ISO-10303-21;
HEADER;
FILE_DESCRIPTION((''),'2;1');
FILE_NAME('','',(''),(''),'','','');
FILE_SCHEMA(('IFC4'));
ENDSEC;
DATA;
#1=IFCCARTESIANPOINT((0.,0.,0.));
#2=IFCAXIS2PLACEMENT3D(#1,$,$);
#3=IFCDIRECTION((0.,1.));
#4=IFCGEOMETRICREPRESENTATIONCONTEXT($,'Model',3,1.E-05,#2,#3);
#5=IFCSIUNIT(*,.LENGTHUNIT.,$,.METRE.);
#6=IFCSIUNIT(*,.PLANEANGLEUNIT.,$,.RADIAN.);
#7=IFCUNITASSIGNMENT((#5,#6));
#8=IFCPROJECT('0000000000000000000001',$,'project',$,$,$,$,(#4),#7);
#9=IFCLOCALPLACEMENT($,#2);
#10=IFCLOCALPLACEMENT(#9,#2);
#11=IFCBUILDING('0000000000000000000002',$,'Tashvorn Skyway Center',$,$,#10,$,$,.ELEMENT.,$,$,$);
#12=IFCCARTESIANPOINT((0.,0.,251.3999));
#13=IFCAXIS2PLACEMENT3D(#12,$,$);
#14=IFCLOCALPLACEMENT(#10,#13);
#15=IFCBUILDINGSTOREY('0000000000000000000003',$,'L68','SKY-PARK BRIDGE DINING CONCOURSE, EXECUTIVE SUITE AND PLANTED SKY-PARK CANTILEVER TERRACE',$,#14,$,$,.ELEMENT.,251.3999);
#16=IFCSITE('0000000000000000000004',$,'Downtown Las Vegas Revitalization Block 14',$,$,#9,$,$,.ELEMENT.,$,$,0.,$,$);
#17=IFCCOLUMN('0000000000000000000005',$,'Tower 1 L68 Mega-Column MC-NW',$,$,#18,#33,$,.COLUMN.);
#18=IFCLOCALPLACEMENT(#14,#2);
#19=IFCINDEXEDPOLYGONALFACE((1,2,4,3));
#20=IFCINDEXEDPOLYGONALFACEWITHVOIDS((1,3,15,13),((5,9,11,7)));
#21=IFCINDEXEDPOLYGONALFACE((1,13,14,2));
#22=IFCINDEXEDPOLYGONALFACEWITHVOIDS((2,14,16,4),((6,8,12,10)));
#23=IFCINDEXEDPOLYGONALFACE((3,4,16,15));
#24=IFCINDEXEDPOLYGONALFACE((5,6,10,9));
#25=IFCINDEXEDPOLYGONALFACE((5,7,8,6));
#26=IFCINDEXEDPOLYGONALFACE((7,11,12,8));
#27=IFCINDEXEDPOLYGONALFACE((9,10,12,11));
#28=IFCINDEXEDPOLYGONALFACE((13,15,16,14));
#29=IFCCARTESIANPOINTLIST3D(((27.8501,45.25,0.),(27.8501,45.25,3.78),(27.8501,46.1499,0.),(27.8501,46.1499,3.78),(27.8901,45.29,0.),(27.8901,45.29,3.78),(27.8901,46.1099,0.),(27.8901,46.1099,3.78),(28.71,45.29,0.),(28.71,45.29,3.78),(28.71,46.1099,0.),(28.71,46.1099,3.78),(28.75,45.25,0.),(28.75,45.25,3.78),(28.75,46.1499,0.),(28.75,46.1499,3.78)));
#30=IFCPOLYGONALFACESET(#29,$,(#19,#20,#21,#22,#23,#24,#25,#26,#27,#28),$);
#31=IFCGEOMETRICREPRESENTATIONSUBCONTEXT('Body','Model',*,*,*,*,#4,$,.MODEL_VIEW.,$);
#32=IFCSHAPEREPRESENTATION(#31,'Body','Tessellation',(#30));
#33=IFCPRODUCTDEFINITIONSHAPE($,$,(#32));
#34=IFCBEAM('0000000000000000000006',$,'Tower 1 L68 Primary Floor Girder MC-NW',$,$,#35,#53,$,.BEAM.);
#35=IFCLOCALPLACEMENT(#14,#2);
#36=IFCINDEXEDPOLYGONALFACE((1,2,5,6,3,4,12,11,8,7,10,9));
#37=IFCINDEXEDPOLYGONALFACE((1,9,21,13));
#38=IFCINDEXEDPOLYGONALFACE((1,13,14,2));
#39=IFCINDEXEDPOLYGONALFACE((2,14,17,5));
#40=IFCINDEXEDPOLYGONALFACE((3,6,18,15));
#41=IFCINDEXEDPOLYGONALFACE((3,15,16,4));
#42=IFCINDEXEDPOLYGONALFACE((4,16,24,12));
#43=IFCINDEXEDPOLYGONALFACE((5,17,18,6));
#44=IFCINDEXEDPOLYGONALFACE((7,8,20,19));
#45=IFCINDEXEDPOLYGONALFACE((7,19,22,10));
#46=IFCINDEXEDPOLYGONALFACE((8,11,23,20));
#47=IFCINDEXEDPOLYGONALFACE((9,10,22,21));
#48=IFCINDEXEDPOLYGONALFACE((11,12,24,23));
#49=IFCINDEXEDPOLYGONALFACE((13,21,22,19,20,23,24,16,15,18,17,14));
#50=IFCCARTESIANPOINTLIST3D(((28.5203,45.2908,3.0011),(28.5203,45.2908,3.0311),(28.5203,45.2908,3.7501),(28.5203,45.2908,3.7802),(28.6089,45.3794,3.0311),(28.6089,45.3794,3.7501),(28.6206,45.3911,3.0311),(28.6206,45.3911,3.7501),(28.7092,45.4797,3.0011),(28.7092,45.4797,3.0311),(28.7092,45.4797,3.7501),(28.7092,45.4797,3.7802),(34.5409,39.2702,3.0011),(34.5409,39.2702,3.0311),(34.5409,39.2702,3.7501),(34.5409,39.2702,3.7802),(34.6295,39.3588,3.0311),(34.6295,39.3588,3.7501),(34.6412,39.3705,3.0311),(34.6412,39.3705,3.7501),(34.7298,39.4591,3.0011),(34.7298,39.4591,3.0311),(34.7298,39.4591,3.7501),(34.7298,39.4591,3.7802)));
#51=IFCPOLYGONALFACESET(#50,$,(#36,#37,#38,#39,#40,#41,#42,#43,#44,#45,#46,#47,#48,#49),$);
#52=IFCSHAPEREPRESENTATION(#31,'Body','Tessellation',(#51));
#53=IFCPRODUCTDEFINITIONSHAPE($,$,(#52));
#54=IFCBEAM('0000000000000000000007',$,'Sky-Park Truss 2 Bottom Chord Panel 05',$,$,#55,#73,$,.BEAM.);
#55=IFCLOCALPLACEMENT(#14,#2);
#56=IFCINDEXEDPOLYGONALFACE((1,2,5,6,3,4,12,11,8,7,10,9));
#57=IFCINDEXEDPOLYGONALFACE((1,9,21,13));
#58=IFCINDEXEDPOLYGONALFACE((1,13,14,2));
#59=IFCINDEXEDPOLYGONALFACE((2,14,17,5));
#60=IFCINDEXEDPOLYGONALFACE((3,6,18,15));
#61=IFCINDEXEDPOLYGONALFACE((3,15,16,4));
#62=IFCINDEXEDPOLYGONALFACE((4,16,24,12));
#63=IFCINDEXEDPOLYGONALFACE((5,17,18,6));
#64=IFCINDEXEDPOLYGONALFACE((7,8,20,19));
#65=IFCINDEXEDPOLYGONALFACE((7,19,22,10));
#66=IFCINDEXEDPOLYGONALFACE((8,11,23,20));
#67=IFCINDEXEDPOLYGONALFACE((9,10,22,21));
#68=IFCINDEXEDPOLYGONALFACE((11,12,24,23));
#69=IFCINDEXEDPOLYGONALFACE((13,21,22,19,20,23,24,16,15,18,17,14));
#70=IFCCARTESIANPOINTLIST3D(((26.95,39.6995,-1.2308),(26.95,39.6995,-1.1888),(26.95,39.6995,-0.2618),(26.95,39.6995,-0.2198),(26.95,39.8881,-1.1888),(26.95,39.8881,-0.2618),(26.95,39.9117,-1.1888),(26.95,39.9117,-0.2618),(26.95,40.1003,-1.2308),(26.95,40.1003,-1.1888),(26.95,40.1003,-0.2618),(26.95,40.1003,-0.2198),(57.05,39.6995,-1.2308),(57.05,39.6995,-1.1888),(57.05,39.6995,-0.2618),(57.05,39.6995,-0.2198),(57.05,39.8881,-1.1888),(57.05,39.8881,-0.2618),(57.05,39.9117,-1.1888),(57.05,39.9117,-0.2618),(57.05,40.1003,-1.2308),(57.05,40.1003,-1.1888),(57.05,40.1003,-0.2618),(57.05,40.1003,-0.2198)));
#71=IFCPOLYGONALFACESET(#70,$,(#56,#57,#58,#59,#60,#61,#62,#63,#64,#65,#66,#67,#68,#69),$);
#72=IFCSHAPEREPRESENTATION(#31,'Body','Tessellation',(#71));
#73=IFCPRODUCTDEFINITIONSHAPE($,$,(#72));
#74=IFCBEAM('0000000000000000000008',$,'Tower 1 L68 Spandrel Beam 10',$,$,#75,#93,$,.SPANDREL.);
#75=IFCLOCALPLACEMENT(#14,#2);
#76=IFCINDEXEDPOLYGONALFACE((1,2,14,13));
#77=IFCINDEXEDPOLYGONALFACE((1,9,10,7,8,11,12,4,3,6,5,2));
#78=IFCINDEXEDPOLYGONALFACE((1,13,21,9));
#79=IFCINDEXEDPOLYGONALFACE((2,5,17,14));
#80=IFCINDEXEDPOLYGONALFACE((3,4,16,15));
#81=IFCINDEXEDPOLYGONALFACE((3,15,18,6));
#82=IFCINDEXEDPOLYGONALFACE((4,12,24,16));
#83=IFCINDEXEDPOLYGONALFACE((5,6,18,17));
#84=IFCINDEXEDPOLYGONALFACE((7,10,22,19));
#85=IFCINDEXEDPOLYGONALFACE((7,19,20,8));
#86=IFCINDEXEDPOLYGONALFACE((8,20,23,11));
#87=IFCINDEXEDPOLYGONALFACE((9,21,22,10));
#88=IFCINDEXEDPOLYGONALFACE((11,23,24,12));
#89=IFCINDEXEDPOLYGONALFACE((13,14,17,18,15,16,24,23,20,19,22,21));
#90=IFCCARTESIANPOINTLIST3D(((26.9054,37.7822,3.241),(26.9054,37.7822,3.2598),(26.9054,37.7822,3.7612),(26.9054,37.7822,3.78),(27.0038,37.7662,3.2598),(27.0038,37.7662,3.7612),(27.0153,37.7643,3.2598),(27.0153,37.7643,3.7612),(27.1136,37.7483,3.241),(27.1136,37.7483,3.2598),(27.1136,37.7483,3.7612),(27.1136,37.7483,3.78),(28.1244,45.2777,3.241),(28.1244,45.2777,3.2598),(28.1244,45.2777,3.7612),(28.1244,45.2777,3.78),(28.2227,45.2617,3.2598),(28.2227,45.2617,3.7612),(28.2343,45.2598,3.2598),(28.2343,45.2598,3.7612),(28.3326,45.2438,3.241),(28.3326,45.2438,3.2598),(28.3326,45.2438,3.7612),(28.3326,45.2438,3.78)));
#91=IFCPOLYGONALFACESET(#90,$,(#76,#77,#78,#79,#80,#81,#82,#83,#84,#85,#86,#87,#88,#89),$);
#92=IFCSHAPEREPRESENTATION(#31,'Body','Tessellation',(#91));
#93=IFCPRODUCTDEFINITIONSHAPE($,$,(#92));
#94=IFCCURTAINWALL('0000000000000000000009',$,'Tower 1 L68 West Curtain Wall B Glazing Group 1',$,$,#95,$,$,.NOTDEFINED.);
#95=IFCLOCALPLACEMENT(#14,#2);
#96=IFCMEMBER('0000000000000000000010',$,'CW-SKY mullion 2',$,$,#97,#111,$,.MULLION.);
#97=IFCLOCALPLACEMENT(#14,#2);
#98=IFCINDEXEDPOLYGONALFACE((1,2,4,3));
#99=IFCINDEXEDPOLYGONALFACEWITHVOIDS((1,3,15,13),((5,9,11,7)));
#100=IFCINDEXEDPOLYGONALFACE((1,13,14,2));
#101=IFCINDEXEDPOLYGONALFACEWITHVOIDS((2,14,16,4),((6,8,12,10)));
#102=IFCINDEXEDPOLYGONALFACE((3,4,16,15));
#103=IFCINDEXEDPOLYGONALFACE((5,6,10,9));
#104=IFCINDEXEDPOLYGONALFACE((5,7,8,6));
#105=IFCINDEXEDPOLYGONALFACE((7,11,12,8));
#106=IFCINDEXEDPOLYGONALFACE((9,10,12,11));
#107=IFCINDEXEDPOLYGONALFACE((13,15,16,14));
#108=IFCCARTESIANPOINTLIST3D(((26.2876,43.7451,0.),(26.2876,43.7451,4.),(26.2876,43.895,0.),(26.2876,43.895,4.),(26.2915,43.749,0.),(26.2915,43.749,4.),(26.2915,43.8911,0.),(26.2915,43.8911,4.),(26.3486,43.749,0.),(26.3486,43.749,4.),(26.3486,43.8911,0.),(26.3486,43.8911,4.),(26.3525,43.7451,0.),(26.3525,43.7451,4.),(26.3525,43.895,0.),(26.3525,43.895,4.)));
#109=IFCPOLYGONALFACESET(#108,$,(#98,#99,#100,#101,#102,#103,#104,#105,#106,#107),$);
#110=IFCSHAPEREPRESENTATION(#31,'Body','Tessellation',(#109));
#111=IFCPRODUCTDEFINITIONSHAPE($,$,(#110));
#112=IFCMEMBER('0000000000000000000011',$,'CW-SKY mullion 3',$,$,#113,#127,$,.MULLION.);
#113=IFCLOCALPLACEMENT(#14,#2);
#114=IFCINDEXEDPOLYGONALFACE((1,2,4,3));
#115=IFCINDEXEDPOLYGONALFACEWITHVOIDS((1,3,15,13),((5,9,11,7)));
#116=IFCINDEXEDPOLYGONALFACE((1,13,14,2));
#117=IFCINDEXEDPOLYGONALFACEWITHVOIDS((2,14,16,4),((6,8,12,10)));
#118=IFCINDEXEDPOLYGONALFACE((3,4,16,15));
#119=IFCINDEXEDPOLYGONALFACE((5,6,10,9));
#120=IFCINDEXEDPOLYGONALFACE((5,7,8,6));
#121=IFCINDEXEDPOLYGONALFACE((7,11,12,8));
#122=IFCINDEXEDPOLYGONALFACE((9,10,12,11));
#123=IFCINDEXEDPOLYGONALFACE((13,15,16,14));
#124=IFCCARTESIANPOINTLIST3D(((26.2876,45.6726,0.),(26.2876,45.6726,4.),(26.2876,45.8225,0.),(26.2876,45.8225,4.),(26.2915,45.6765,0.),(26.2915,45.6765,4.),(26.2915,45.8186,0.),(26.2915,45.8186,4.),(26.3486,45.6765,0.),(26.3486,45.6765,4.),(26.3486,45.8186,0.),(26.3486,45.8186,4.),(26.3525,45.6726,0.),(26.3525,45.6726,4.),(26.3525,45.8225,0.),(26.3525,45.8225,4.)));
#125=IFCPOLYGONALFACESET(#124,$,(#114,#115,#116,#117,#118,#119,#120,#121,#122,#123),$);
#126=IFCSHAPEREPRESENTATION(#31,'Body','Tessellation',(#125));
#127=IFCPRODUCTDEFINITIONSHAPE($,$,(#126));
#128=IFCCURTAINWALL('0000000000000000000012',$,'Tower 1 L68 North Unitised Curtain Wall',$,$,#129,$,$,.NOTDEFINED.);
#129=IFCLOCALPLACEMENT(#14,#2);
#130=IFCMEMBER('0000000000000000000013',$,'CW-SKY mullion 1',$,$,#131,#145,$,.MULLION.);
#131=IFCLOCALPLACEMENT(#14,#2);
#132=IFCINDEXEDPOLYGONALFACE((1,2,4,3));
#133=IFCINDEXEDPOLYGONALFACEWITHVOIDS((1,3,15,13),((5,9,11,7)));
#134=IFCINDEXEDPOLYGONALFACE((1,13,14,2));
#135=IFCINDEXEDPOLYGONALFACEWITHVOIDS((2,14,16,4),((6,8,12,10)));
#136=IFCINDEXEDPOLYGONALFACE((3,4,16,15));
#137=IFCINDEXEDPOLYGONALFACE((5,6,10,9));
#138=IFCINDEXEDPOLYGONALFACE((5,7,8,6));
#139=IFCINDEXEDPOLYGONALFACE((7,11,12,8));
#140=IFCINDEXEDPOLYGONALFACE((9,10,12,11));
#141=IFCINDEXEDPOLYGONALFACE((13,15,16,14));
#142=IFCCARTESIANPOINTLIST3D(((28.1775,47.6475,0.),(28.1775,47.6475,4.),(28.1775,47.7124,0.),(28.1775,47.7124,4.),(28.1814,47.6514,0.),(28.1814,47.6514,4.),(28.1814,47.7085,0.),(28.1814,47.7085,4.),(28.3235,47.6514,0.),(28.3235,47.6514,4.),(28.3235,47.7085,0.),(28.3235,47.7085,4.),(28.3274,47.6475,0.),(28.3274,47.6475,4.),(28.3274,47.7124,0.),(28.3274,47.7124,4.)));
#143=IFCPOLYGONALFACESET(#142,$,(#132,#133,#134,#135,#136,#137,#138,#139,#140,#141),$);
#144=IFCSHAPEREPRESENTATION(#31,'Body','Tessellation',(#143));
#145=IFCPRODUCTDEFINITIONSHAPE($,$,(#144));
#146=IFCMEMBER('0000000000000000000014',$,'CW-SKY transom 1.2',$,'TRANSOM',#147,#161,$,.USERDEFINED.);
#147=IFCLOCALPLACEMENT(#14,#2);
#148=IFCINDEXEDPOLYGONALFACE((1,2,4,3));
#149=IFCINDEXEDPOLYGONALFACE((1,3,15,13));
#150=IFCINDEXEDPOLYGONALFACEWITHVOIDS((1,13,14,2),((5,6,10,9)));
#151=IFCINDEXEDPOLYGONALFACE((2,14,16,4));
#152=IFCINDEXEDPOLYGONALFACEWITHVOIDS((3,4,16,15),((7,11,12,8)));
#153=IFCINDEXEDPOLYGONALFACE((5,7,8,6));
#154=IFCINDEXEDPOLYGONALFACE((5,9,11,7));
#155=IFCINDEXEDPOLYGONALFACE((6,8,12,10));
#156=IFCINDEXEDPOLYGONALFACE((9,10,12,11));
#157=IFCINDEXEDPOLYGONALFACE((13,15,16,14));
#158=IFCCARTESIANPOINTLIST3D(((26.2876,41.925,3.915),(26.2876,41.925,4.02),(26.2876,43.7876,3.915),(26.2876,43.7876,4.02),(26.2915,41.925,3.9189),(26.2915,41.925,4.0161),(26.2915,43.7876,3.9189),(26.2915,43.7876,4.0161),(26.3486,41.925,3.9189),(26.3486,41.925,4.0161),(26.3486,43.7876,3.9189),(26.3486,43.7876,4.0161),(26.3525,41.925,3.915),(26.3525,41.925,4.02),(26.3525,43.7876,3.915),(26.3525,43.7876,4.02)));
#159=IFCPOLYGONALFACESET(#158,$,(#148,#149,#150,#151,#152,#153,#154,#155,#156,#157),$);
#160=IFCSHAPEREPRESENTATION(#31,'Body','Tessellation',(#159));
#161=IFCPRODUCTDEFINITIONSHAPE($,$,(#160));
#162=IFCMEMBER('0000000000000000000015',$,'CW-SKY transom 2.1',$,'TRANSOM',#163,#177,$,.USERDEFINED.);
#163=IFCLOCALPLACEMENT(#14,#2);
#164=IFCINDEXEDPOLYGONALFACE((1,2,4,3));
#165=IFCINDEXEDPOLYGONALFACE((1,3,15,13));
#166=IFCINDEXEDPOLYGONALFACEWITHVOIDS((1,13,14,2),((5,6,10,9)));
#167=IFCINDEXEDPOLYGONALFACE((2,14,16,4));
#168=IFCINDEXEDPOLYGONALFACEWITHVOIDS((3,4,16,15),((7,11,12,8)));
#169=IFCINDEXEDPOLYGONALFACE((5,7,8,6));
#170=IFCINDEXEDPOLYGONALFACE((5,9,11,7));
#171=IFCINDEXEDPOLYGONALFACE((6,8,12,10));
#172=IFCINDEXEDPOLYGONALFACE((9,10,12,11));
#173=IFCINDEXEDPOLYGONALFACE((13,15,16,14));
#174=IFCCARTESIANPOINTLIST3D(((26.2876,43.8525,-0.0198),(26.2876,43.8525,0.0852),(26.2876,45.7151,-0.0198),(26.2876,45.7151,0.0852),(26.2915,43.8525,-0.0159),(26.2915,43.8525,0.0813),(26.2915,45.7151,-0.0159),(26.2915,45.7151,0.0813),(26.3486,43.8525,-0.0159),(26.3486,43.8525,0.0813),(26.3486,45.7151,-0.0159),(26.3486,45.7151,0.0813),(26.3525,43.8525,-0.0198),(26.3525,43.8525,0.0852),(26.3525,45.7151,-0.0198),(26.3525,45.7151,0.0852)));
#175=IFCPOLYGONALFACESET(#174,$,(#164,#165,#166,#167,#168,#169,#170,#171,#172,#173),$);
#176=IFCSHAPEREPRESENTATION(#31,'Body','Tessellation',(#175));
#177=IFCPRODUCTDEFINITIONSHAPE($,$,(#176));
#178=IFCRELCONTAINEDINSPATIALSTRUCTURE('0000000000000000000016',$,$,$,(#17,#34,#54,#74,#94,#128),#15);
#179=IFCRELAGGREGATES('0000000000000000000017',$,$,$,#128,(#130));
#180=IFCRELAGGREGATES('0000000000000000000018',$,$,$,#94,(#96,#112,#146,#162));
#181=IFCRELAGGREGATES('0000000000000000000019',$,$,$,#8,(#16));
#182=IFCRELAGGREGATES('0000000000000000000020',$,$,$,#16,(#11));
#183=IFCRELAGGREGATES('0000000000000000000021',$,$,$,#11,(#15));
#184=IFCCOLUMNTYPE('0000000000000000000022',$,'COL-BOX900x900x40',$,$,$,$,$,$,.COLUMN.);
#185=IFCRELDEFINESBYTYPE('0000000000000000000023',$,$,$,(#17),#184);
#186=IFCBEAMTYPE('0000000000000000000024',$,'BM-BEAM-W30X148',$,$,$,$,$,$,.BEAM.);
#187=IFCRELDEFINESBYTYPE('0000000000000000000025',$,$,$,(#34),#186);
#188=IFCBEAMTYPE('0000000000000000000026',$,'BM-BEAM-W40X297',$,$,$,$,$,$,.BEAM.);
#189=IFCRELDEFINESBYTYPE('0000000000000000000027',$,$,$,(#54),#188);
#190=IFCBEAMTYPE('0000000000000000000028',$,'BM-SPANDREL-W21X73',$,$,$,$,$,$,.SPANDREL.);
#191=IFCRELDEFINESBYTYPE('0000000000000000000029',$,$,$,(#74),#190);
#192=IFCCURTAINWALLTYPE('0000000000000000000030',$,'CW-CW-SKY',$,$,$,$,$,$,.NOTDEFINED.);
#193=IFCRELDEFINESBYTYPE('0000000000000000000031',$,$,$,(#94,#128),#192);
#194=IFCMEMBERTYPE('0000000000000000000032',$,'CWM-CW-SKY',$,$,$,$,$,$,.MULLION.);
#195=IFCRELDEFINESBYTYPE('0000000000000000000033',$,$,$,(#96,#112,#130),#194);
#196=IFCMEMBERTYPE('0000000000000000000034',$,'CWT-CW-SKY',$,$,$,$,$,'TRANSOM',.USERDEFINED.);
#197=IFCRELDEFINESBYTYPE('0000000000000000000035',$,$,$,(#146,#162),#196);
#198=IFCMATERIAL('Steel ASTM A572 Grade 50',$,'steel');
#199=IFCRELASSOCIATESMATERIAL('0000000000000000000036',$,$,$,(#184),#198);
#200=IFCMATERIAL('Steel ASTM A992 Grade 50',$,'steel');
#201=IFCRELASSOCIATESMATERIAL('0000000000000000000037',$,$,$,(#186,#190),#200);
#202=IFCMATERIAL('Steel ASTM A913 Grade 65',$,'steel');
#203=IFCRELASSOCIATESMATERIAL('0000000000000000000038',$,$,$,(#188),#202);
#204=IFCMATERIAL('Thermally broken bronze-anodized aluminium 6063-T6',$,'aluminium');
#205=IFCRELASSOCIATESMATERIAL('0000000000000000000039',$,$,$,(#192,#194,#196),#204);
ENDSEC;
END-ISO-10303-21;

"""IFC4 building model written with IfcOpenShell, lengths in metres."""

from ifc_helpers import new_model, si_unit, direction, frame, origin, origin_2d, place, context, subcontext, project, spatial, hollow_rectangle, i_section, extrude, material, material_profile, profile_set, type_object, element, aggregate, save


model = new_model("IFC4")

# Units and contexts
model_context = context("Model", 3, precision=1e-05, world=origin(), true_north=direction((0.0, 1.0)))
body_context = subcontext(model_context, "Body", "Model", "MODEL_VIEW")
ifc_project = project(units=[si_unit("LENGTHUNIT", "METRE"), si_unit("PLANEANGLEUNIT", "RADIAN")], contexts=[model_context])

# Site, building, storey
site_placement = place(None, origin())
site = spatial("IfcSite", under=ifc_project, at=site_placement, Name="Downtown Las Vegas Revitalization Block 14", CompositionType="ELEMENT", RefElevation=0.0)
building_placement = place(site_placement, origin())
building = spatial("IfcBuilding", under=site, at=building_placement, Name="Tashvorn Skyway Center", CompositionType="ELEMENT")
storey_placement = place(building_placement, frame((0.0, 0.0, 251.3999)))
storey = spatial("IfcBuildingStorey", under=building, at=storey_placement, Name="L68", Description="SKY-PARK BRIDGE DINING CONCOURSE, EXECUTIVE SUITE AND PLANTED SKY-PARK CANTILEVER TERRACE", CompositionType="ELEMENT", Elevation=251.3999)

# Column
ifc_material_1 = material(Name="Steel ASTM A572 Grade 50", Category="steel")
ifc_material_profile_1 = material_profile(ifc_material_1, hollow_rectangle(XDim=0.8999, YDim=0.8999, WallThickness=0.04, at=origin_2d()), Name="BOX900x900x40")
ifc_profile_set_1 = profile_set([ifc_material_profile_1], Name="Steel ASTM A572 Grade 50")
column_type = type_object("IfcColumnType", Name="COL-BOX900x900x40", PredefinedType="COLUMN", material=ifc_profile_set_1)
column_placement = place(storey_placement, frame((28.3, 45.7, 0.0), z_axis=(0.0, 0.0, 1.0), x_axis=(1.0, 0.0, 0.0)))
element("IfcColumn", 1, at=column_placement, inside=storey, type_object=column_type, Name="Tower 1 L68 Mega-Column MC-NW", PredefinedType="COLUMN", context=body_context, shape_type="SweptSolid", body=[
    extrude(hollow_rectangle(XDim=0.8999, YDim=0.8999, WallThickness=0.04, at=origin_2d()), origin(), (0.0, 0.0, 1.0), 3.78),
])

# Beams
ifc_material_2 = material(Name="Steel ASTM A992 Grade 50", Category="steel")
ifc_material_profile_2 = material_profile(ifc_material_2, i_section(OverallWidth=0.2671, OverallDepth=0.7791, WebThickness=0.0166, FlangeThickness=0.03, at=origin_2d()), Name="W30X148")
ifc_profile_set_2 = profile_set([ifc_material_profile_2], Name="Steel ASTM A992 Grade 50")
beam_type_1 = type_object("IfcBeamType", Name="BM-BEAM-W30X148", PredefinedType="BEAM", material=ifc_profile_set_2)
beam_1_placement = place(storey_placement, frame((28.6147, 45.3853, 3.3906), z_axis=(0.707107, -0.707107, 0.0), x_axis=(0.707107, 0.707107, 0.0)))
element("IfcBeam", 2, at=beam_1_placement, inside=storey, type_object=beam_type_1, Name="Tower 1 L68 Primary Floor Girder MC-NW", PredefinedType="BEAM", context=body_context, shape_type="SweptSolid", body=[
    extrude(i_section(OverallWidth=0.2671, OverallDepth=0.7791, WebThickness=0.0166, FlangeThickness=0.03, at=origin_2d()), origin(), (0.0, 0.0, 1.0), 8.5144),
])
ifc_material_3 = material(Name="Steel ASTM A913 Grade 65", Category="steel")
ifc_material_profile_3 = material_profile(ifc_material_3, i_section(OverallWidth=0.4009, OverallDepth=1.011, WebThickness=0.0237, FlangeThickness=0.042, at=origin_2d()), Name="W40X297")
ifc_profile_set_3 = profile_set([ifc_material_profile_3], Name="Steel ASTM A913 Grade 65")
beam_type_2 = type_object("IfcBeamType", Name="BM-BEAM-W40X297", PredefinedType="BEAM", material=ifc_profile_set_3)
beam_2_placement = place(storey_placement, frame((26.95, 39.8999, -0.7253), z_axis=(1.0, 0.0, 0.0), x_axis=(0.0, 1.0, 0.0)))
element("IfcBeam", 3, at=beam_2_placement, inside=storey, type_object=beam_type_2, Name="Sky-Park Truss 2 Bottom Chord Panel 05", PredefinedType="BEAM", context=body_context, shape_type="SweptSolid", body=[
    extrude(i_section(OverallWidth=0.4009, OverallDepth=1.011, WebThickness=0.0237, FlangeThickness=0.042, at=origin_2d()), origin(), (0.0, 0.0, 1.0), 30.1001),
])
ifc_material_profile_4 = material_profile(ifc_material_2, i_section(OverallWidth=0.2109, OverallDepth=0.5391, WebThickness=0.0117, FlangeThickness=0.0188, at=origin_2d()), Name="W21X73")
ifc_profile_set_4 = profile_set([ifc_material_profile_4], Name="Steel ASTM A992 Grade 50")
beam_type_3 = type_object("IfcBeamType", Name="BM-SPANDREL-W21X73", PredefinedType="SPANDREL", material=ifc_profile_set_4)
beam_3_placement = place(storey_placement, frame((28.2285, 45.2607, 3.5105), z_axis=(-0.160519, -0.987033, 0.0), x_axis=(0.987033, -0.160519, 0.0)))
element("IfcBeam", 4, at=beam_3_placement, inside=storey, type_object=beam_type_3, Name="Tower 1 L68 Spandrel Beam 10", PredefinedType="SPANDREL", context=body_context, shape_type="SweptSolid", body=[
    extrude(i_section(OverallWidth=0.2109, OverallDepth=0.5391, WebThickness=0.0117, FlangeThickness=0.0188, at=origin_2d()), origin(), (0.0, 0.0, 1.0), 7.594),
])

# Curtain wall, members
ifc_material_4 = material(Name="Thermally broken bronze-anodized aluminium 6063-T6", Category="aluminium")
curtain_wall_type = type_object("IfcCurtainWallType", Name="CW-CW-SKY", PredefinedType="NOTDEFINED", material=ifc_material_4)
curtain_wall_1_placement = place(storey_placement, origin())
curtain_wall_1 = element("IfcCurtainWall", 5, at=curtain_wall_1_placement, inside=storey, type_object=curtain_wall_type, Name="Tower 1 L68 West Curtain Wall B Glazing Group 1", PredefinedType="NOTDEFINED")
ifc_material_profile_5 = material_profile(ifc_material_4, hollow_rectangle(XDim=0.0649, YDim=0.1499, WallThickness=0.0039, at=origin_2d()), Name="ALU-MULL-65x150")
ifc_profile_set_5 = profile_set([ifc_material_profile_5], Name="Thermally broken bronze-anodized aluminium 6063-T6")
member_type_1 = type_object("IfcMemberType", Name="CWM-CW-SKY", PredefinedType="MULLION", material=ifc_profile_set_5)
member_1_placement = place(storey_placement, frame((26.3201, 43.8201, 0.0), z_axis=(0.0, 0.0, 1.0), x_axis=(-1.0, 0.0, 0.0)))
member_1 = element("IfcMember", 6, at=member_1_placement, type_object=member_type_1, Name="CW-SKY mullion 2", PredefinedType="MULLION", context=body_context, shape_type="SweptSolid", body=[
    extrude(hollow_rectangle(XDim=0.0649, YDim=0.1499, WallThickness=0.0039, at=origin_2d()), origin(), (0.0, 0.0, 1.0), 4.0),
])
member_2_placement = place(storey_placement, frame((26.3201, 45.7476, 0.0), z_axis=(0.0, 0.0, 1.0), x_axis=(-1.0, 0.0, 0.0)))
member_2 = element("IfcMember", 7, at=member_2_placement, type_object=member_type_1, Name="CW-SKY mullion 3", PredefinedType="MULLION", context=body_context, shape_type="SweptSolid", body=[
    extrude(hollow_rectangle(XDim=0.0649, YDim=0.1499, WallThickness=0.0039, at=origin_2d()), origin(), (0.0, 0.0, 1.0), 4.0),
])

# Curtain wall, member
curtain_wall_2_placement = place(storey_placement, origin())
curtain_wall_2 = element("IfcCurtainWall", 8, at=curtain_wall_2_placement, inside=storey, type_object=curtain_wall_type, Name="Tower 1 L68 North Unitised Curtain Wall", PredefinedType="NOTDEFINED")
member_3_placement = place(storey_placement, frame((28.2524, 47.6799, 0.0), z_axis=(0.0, 0.0, 1.0), x_axis=(0.0, 1.0, 0.0)))
member_3 = element("IfcMember", 9, at=member_3_placement, type_object=member_type_1, Name="CW-SKY mullion 1", PredefinedType="MULLION", context=body_context, shape_type="SweptSolid", body=[
    extrude(hollow_rectangle(XDim=0.0649, YDim=0.1499, WallThickness=0.0039, at=origin_2d()), origin(), (0.0, 0.0, 1.0), 4.0),
])

# Members
ifc_material_profile_6 = material_profile(ifc_material_4, hollow_rectangle(XDim=0.0649, YDim=0.105, WallThickness=0.0039, at=origin_2d()), Name="ALU-TRAN-65x105")
ifc_profile_set_6 = profile_set([ifc_material_profile_6], Name="Thermally broken bronze-anodized aluminium 6063-T6")
member_type_2 = type_object("IfcMemberType", Name="CWT-CW-SKY", ElementType="TRANSOM", PredefinedType="USERDEFINED", material=ifc_profile_set_6)
member_4_placement = place(storey_placement, frame((26.3201, 41.925, 3.9675), z_axis=(0.0, 1.0, 0.0), x_axis=(-1.0, 0.0, 0.0)))
member_4 = element("IfcMember", 10, at=member_4_placement, type_object=member_type_2, Name="CW-SKY transom 1.2", ObjectType="TRANSOM", PredefinedType="USERDEFINED", context=body_context, shape_type="SweptSolid", body=[
    extrude(hollow_rectangle(XDim=0.0649, YDim=0.105, WallThickness=0.0039, at=origin_2d()), origin(), (0.0, 0.0, 1.0), 1.8625),
])
member_5_placement = place(storey_placement, frame((26.3201, 43.8525, 0.0327), z_axis=(0.0, 1.0, 0.0), x_axis=(-1.0, 0.0, 0.0)))
member_5 = element("IfcMember", 11, at=member_5_placement, type_object=member_type_2, Name="CW-SKY transom 2.1", ObjectType="TRANSOM", PredefinedType="USERDEFINED", context=body_context, shape_type="SweptSolid", body=[
    extrude(hollow_rectangle(XDim=0.0649, YDim=0.105, WallThickness=0.0039, at=origin_2d()), origin(), (0.0, 0.0, 1.0), 1.8625),
])
aggregate(curtain_wall_2, [member_3])

aggregate(curtain_wall_1, [member_1, member_2, member_4, member_5])

save(model, "model.ifc")
